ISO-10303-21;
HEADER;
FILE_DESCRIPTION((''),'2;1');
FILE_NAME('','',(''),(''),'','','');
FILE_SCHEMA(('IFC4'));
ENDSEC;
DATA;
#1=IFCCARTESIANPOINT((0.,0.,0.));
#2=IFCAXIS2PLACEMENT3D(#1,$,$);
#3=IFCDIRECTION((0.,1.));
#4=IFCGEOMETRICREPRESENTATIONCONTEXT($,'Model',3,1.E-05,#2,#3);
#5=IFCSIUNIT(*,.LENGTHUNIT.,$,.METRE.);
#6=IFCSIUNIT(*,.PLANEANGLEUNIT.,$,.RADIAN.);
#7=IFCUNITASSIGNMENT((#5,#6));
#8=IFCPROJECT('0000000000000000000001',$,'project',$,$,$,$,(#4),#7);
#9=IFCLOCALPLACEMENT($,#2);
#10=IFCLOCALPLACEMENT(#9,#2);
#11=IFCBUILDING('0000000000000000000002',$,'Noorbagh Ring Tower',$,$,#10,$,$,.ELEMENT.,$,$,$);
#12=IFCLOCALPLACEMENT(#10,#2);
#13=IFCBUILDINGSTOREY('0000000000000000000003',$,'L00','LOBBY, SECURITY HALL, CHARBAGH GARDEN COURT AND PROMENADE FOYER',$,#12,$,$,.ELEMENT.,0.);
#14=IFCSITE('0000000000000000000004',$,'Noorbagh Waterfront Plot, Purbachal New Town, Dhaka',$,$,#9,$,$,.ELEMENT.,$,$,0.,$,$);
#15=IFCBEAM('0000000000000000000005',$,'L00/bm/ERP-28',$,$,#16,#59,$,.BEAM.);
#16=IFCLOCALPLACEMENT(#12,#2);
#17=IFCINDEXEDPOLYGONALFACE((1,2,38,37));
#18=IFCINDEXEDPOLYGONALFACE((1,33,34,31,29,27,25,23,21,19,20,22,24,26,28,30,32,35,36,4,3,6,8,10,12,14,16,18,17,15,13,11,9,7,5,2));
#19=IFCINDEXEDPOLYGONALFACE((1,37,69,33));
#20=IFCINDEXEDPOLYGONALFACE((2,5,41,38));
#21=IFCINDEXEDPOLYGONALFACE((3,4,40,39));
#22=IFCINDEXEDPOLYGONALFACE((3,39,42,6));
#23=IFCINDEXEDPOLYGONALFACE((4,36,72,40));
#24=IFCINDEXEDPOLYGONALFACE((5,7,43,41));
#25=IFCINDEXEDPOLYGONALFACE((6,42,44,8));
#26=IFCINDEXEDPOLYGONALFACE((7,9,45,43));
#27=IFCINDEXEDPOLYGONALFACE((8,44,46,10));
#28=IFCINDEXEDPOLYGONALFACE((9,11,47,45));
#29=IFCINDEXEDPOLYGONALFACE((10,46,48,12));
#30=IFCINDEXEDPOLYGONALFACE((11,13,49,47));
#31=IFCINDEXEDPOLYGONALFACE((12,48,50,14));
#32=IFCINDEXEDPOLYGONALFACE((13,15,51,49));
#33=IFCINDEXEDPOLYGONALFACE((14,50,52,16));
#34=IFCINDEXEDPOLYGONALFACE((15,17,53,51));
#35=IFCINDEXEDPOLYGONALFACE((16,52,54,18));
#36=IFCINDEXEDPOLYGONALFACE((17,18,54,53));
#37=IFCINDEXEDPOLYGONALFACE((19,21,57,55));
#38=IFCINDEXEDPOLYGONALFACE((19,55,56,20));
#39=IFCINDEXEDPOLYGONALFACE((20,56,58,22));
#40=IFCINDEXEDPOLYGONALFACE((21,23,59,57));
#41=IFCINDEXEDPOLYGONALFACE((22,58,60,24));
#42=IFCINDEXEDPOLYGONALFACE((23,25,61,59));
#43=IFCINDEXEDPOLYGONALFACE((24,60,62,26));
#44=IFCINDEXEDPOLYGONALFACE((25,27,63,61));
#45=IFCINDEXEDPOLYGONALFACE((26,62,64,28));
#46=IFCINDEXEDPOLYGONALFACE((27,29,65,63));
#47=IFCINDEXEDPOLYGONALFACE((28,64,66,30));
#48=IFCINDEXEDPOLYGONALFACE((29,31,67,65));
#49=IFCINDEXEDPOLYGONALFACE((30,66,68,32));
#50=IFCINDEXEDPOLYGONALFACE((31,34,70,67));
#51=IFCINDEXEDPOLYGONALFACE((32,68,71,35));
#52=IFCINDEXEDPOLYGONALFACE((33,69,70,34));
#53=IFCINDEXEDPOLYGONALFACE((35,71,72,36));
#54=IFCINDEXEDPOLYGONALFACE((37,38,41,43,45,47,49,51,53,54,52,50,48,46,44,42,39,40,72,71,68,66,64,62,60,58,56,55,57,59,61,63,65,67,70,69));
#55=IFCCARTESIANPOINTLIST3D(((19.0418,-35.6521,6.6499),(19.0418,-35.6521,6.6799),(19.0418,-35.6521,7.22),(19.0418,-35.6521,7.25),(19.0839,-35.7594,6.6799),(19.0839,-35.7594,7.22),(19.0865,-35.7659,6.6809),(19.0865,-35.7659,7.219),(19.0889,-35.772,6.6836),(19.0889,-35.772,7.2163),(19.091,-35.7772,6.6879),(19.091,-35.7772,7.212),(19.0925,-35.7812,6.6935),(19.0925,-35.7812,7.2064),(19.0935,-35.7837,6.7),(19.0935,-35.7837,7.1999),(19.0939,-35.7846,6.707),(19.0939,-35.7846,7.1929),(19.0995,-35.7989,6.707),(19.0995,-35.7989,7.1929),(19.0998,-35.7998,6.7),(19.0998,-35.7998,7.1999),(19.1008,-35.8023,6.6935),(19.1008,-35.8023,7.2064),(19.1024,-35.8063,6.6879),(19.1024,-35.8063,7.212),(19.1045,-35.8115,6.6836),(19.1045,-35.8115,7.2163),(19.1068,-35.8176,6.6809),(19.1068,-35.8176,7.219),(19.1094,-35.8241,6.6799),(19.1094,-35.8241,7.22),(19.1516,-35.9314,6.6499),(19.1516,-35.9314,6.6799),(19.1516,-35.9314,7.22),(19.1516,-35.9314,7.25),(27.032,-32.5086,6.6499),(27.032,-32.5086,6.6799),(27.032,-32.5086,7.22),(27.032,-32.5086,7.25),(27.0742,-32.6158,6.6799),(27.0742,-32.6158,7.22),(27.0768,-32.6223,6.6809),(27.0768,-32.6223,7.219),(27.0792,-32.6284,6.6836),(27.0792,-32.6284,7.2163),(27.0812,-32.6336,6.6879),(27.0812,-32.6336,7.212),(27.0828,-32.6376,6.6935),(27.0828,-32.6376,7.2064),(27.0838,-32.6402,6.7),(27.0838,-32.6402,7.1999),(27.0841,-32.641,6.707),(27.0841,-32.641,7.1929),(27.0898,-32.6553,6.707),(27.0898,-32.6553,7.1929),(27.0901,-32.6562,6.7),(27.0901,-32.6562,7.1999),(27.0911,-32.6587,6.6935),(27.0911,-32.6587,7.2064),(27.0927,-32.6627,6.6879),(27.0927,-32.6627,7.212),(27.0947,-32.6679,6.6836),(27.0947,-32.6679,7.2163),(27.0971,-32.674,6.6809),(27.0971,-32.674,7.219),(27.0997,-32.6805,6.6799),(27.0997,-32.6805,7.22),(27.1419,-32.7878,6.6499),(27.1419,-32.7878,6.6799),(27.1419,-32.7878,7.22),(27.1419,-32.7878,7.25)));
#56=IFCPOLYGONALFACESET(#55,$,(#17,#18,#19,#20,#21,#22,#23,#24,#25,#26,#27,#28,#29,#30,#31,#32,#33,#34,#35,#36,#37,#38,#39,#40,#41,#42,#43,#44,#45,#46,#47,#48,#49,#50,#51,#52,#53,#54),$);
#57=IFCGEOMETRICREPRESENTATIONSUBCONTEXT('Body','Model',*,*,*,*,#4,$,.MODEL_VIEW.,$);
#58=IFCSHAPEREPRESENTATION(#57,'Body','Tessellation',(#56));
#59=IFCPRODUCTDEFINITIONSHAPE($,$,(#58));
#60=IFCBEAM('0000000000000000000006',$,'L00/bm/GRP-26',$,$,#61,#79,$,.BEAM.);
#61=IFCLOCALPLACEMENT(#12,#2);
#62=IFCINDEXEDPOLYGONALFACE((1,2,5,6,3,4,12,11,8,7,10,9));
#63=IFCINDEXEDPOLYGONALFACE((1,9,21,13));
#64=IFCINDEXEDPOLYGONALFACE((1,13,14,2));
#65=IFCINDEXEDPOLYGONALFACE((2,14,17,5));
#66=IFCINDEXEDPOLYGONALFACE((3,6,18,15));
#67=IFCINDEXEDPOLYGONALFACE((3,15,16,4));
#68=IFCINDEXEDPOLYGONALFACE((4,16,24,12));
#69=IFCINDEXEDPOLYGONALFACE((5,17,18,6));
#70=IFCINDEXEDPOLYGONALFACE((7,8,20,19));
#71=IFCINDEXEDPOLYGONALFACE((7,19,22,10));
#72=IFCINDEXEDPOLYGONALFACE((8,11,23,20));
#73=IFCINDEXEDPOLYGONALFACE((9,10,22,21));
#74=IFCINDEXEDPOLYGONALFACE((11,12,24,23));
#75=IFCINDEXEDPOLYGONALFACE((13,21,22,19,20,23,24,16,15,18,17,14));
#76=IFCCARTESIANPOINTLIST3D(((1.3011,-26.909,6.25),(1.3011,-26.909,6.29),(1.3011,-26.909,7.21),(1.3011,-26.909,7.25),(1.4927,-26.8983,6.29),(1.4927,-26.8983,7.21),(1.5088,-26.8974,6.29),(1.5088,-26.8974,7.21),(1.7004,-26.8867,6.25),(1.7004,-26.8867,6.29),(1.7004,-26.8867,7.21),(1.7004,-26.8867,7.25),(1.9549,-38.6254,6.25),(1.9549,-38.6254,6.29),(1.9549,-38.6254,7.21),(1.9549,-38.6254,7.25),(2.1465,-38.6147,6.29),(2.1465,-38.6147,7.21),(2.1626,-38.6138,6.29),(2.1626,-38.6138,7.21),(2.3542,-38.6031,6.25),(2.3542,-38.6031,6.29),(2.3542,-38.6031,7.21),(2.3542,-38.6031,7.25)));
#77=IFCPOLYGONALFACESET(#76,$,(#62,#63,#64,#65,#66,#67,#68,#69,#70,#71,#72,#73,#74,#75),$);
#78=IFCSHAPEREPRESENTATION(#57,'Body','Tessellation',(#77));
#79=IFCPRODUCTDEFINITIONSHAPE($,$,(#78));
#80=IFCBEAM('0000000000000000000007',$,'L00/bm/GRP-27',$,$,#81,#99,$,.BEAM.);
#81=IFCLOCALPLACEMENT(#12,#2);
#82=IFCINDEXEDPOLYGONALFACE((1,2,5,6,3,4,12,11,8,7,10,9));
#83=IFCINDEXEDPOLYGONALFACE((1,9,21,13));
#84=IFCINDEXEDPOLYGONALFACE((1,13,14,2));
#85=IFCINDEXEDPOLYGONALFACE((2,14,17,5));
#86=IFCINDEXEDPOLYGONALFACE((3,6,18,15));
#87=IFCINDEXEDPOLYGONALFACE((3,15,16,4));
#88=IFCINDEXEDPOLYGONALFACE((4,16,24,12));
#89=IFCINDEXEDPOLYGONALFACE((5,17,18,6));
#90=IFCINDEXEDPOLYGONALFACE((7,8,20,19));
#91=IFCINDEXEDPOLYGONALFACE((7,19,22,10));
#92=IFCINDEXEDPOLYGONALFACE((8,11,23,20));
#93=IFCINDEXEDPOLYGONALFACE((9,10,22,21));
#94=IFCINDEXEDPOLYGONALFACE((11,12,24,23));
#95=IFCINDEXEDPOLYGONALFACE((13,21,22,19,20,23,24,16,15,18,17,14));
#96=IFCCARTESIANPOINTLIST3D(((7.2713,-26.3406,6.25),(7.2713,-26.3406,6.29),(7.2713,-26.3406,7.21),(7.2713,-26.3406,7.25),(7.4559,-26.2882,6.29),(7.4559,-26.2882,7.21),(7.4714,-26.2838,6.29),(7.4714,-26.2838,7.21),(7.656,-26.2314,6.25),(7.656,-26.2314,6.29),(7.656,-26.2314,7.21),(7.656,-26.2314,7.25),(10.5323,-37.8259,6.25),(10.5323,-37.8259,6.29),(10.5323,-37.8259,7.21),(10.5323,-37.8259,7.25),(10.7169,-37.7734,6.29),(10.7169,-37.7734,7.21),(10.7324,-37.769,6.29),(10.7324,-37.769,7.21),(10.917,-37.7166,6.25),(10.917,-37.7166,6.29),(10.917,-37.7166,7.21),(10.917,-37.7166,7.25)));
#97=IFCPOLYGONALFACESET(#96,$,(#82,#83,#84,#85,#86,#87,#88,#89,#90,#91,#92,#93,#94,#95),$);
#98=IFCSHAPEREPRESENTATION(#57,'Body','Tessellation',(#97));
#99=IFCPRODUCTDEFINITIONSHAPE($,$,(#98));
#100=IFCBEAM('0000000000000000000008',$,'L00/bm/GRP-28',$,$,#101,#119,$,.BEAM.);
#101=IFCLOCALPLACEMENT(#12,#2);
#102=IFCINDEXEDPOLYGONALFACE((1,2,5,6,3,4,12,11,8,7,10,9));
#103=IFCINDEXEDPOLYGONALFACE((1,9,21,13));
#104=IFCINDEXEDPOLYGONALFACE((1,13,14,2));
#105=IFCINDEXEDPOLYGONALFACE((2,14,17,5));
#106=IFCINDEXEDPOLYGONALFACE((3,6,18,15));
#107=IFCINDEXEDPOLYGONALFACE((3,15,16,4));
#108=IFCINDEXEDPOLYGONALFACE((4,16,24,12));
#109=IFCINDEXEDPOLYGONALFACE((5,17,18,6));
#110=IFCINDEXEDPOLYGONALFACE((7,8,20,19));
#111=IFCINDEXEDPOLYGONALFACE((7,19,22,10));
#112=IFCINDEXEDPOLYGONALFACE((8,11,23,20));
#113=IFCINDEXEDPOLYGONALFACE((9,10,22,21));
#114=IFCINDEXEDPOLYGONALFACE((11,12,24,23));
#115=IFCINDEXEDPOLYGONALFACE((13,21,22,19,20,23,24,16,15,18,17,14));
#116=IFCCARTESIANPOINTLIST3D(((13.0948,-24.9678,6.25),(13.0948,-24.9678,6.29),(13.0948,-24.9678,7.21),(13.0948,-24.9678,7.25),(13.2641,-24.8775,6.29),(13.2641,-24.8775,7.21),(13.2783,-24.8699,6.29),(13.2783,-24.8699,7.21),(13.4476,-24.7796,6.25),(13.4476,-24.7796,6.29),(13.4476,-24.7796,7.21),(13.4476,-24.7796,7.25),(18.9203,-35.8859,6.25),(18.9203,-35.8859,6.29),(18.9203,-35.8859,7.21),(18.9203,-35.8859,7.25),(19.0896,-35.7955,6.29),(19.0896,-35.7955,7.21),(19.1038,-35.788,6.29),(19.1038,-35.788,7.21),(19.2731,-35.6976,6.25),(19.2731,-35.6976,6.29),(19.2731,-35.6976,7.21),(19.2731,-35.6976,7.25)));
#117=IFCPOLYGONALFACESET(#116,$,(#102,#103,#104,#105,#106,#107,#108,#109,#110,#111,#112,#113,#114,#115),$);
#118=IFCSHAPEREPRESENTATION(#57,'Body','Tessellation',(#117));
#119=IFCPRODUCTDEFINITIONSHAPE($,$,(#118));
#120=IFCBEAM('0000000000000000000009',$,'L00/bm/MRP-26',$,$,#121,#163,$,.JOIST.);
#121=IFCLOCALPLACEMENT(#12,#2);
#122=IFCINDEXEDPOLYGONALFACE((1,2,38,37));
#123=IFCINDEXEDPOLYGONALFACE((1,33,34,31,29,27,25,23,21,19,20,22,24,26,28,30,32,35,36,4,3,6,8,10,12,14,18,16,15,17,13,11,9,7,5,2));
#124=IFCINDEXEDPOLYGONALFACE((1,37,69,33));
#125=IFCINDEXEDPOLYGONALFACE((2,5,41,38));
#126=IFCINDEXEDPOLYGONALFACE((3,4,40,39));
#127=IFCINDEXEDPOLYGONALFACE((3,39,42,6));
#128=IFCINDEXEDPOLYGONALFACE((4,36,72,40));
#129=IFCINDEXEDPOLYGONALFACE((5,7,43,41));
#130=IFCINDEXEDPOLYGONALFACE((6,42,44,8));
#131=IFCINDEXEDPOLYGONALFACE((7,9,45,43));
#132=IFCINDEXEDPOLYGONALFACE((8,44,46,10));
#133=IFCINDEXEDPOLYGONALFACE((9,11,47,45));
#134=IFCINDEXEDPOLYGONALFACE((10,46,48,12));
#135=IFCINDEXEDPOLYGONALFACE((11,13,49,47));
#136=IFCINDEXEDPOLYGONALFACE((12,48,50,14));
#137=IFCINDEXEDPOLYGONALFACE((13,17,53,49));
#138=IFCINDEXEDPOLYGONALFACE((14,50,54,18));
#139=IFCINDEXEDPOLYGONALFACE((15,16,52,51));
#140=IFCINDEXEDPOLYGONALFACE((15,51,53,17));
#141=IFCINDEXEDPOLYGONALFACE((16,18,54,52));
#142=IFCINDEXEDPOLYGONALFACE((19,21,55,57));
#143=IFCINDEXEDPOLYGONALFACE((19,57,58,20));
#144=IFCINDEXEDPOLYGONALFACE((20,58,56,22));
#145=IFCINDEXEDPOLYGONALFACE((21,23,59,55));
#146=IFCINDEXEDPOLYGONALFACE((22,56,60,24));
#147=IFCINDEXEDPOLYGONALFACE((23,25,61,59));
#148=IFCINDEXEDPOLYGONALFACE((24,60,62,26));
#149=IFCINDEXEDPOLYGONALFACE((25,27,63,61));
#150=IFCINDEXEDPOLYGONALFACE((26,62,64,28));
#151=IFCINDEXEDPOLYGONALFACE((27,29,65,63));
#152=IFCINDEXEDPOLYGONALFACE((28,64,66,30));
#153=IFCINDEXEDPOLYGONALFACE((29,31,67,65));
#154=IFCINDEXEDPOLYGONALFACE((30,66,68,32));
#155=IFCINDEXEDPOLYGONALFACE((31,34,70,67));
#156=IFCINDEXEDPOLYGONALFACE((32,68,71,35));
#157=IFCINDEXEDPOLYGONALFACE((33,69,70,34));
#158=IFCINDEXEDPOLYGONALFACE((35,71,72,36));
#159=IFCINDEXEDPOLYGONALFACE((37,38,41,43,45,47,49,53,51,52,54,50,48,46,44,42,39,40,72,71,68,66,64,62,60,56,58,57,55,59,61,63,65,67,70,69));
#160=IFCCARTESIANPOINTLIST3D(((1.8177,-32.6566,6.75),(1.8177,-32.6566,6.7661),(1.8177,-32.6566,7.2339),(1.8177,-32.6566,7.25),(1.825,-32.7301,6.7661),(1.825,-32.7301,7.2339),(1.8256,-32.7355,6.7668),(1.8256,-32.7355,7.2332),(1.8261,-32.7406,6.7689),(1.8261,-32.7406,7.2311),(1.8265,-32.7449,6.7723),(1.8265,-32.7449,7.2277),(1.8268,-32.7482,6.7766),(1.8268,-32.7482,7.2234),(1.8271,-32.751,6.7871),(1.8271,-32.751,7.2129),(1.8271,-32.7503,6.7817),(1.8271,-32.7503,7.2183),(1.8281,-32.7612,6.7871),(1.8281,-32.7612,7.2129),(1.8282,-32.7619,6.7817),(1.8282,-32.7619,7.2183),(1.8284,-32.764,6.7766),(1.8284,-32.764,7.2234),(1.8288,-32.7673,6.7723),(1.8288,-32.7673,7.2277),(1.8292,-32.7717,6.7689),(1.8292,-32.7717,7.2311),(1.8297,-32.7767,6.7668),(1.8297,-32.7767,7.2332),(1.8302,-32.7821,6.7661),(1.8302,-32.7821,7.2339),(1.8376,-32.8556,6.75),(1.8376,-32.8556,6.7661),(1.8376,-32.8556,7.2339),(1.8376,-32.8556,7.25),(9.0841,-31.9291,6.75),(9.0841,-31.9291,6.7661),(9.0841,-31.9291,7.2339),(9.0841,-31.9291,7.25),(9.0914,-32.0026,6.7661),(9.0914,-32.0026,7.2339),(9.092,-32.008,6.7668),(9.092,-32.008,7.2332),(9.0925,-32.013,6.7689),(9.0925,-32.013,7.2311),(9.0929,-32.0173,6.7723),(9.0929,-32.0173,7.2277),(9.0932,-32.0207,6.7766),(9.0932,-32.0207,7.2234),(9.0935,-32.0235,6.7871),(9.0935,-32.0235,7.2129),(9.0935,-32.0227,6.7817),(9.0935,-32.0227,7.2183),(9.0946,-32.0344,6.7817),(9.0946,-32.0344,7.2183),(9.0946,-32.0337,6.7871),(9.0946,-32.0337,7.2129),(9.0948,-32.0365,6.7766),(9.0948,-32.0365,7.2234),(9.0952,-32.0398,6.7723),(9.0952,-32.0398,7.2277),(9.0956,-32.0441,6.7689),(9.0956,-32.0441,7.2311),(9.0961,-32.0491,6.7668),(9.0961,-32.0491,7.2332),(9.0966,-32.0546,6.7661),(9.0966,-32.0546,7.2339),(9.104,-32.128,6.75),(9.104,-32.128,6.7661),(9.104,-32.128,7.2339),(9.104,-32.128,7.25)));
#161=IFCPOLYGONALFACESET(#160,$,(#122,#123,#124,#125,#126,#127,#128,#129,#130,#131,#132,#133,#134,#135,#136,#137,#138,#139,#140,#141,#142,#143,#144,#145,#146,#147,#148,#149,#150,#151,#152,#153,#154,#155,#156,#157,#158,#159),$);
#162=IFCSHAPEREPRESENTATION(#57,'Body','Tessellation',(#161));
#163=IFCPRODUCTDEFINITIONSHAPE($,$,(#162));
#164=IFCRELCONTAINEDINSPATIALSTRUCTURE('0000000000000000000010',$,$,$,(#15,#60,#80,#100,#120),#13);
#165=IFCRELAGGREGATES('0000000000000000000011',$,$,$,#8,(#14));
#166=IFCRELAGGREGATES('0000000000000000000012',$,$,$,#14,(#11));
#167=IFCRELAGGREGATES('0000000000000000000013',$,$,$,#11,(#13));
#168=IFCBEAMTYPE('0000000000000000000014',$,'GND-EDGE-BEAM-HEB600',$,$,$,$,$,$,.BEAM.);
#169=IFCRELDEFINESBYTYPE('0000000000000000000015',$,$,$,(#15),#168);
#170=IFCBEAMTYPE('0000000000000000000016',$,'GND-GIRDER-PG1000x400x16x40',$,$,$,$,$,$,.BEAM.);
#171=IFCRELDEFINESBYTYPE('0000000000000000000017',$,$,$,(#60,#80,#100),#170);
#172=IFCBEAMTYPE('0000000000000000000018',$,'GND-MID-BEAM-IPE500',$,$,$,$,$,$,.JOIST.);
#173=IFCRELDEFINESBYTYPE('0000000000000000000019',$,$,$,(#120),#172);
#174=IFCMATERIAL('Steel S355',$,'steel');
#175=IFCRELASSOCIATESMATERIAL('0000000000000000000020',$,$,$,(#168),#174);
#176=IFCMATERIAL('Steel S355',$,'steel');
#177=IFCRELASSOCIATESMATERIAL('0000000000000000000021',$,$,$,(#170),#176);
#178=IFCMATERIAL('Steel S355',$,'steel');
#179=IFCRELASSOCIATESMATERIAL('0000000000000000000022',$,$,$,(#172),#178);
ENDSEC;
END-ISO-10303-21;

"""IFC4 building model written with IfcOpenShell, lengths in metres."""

from ifc_helpers import new_model, si_unit, direction, frame, origin, origin_2d, place, context, subcontext, project, spatial, i_section, extrude, material, material_profile, profile_set, type_object, element, save


model = new_model("IFC4")

# Units and contexts
model_context = context("Model", 3, precision=1e-05, world=origin(), true_north=direction((0.0, 1.0)))
body_context = subcontext(model_context, "Body", "Model", "MODEL_VIEW")
ifc_project = project(units=[si_unit("LENGTHUNIT", "METRE"), si_unit("PLANEANGLEUNIT", "RADIAN")], contexts=[model_context])

# Site, building, storey
site_placement = place(None, origin())
site = spatial("IfcSite", under=ifc_project, at=site_placement, Name="Noorbagh Waterfront Plot, Purbachal New Town, Dhaka", CompositionType="ELEMENT", RefElevation=0.0)
building_placement = place(site_placement, origin())
building = spatial("IfcBuilding", under=site, at=building_placement, Name="Noorbagh Ring Tower", CompositionType="ELEMENT")
storey_placement = place(building_placement, origin())
storey = spatial("IfcBuildingStorey", under=building, at=storey_placement, Name="L00", Description="LOBBY, SECURITY HALL, CHARBAGH GARDEN COURT AND PROMENADE FOYER", CompositionType="ELEMENT", Elevation=0.0)

# Beams
ifc_material_1 = material(Name="Steel S355", Category="steel")
ifc_material_profile_1 = material_profile(ifc_material_1, i_section(OverallWidth=0.3, OverallDepth=0.6001, WebThickness=0.0154, FlangeThickness=0.03, FilletRadius=0.0271, at=origin_2d()), Name="HEB600")
ifc_profile_set_1 = profile_set([ifc_material_profile_1], Name="Steel S355")
beam_type_1 = type_object("IfcBeamType", Name="GND-EDGE-BEAM-HEB600", PredefinedType="BEAM", material=ifc_profile_set_1)
beam_1_placement = place(storey_placement, frame((19.0967, -35.7917, 6.95), z_axis=(0.930572, 0.36611, 0.0), x_axis=(-0.36611, 0.930572, 0.0)))
element("IfcBeam", 1, at=beam_1_placement, inside=storey, type_object=beam_type_1, Name="L00/bm/ERP-28", PredefinedType="BEAM", context=body_context, shape_type="SweptSolid", body=[
    extrude(i_section(OverallWidth=0.3, OverallDepth=0.6001, WebThickness=0.0154, FlangeThickness=0.03, FilletRadius=0.0271, at=origin_2d()), origin(), (0.0, 0.0, 1.0), 8.5864),
])
ifc_material_2 = material(Name="Steel S355", Category="steel")
ifc_material_profile_2 = material_profile(ifc_material_2, i_section(OverallWidth=0.3999, OverallDepth=1.0, WebThickness=0.0161, FlangeThickness=0.04, at=origin_2d()), Name="PG1000x400x16x40")
ifc_profile_set_2 = profile_set([ifc_material_profile_2], Name="Steel S355")
beam_type_2 = type_object("IfcBeamType", Name="GND-GIRDER-PG1000x400x16x40", PredefinedType="BEAM", material=ifc_profile_set_2)
beam_2_placement = place(storey_placement, frame((2.1545, -38.6143, 6.75), z_axis=(-0.055717, 0.998447, 0.0), x_axis=(-0.998447, -0.055717, 0.0)))
element("IfcBeam", 2, at=beam_2_placement, inside=storey, type_object=beam_type_2, Name="L00/bm/GRP-26", PredefinedType="BEAM", context=body_context, shape_type="SweptSolid", body=[
    extrude(i_section(OverallWidth=0.3999, OverallDepth=1.0, WebThickness=0.0161, FlangeThickness=0.04, at=origin_2d()), origin(), (0.0, 0.0, 1.0), 11.7346),
])
beam_3_placement = place(storey_placement, frame((10.7246, -37.7712, 6.75), z_axis=(-0.27313, 0.961977, 0.0), x_axis=(-0.961977, -0.27313, 0.0)))
element("IfcBeam", 3, at=beam_3_placement, inside=storey, type_object=beam_type_2, Name="L00/bm/GRP-27", PredefinedType="BEAM", context=body_context, shape_type="SweptSolid", body=[
    extrude(i_section(OverallWidth=0.3999, OverallDepth=1.0, WebThickness=0.0161, FlangeThickness=0.04, at=origin_2d()), origin(), (0.0, 0.0, 1.0), 11.9392),
])
beam_4_placement = place(storey_placement, frame((19.0967, -35.7917, 6.75), z_axis=(-0.470747, 0.882268, 0.0), x_axis=(-0.882268, -0.470747, 0.0)))
element("IfcBeam", 4, at=beam_4_placement, inside=storey, type_object=beam_type_2, Name="L00/bm/GRP-28", PredefinedType="BEAM", context=body_context, shape_type="SweptSolid", body=[
    extrude(i_section(OverallWidth=0.3999, OverallDepth=1.0, WebThickness=0.0161, FlangeThickness=0.04, at=origin_2d()), origin(), (0.0, 0.0, 1.0), 12.375),
])
ifc_material_3 = material(Name="Steel S355", Category="steel")
ifc_material_profile_3 = material_profile(ifc_material_3, i_section(OverallWidth=0.2, OverallDepth=0.5, WebThickness=0.0103, FlangeThickness=0.0161, FilletRadius=0.021, at=origin_2d()), Name="IPE500")
ifc_profile_set_3 = profile_set([ifc_material_profile_3], Name="Steel S355")
beam_type_3 = type_object("IfcBeamType", Name="GND-MID-BEAM-IPE500", PredefinedType="JOIST", material=ifc_profile_set_3)
beam_5_placement = place(storey_placement, frame((1.8276, -32.7561, 7.0), z_axis=(0.995025, 0.099626, 0.0), x_axis=(-0.099626, 0.995025, 0.0)))
element("IfcBeam", 5, at=beam_5_placement, inside=storey, type_object=beam_type_3, Name="L00/bm/MRP-26", PredefinedType="JOIST", context=body_context, shape_type="SweptSolid", body=[
    extrude(i_section(OverallWidth=0.2, OverallDepth=0.5, WebThickness=0.0103, FlangeThickness=0.0161, FilletRadius=0.021, at=origin_2d()), origin(), (0.0, 0.0, 1.0), 7.3027),
])

save(model, "model.ifc")
